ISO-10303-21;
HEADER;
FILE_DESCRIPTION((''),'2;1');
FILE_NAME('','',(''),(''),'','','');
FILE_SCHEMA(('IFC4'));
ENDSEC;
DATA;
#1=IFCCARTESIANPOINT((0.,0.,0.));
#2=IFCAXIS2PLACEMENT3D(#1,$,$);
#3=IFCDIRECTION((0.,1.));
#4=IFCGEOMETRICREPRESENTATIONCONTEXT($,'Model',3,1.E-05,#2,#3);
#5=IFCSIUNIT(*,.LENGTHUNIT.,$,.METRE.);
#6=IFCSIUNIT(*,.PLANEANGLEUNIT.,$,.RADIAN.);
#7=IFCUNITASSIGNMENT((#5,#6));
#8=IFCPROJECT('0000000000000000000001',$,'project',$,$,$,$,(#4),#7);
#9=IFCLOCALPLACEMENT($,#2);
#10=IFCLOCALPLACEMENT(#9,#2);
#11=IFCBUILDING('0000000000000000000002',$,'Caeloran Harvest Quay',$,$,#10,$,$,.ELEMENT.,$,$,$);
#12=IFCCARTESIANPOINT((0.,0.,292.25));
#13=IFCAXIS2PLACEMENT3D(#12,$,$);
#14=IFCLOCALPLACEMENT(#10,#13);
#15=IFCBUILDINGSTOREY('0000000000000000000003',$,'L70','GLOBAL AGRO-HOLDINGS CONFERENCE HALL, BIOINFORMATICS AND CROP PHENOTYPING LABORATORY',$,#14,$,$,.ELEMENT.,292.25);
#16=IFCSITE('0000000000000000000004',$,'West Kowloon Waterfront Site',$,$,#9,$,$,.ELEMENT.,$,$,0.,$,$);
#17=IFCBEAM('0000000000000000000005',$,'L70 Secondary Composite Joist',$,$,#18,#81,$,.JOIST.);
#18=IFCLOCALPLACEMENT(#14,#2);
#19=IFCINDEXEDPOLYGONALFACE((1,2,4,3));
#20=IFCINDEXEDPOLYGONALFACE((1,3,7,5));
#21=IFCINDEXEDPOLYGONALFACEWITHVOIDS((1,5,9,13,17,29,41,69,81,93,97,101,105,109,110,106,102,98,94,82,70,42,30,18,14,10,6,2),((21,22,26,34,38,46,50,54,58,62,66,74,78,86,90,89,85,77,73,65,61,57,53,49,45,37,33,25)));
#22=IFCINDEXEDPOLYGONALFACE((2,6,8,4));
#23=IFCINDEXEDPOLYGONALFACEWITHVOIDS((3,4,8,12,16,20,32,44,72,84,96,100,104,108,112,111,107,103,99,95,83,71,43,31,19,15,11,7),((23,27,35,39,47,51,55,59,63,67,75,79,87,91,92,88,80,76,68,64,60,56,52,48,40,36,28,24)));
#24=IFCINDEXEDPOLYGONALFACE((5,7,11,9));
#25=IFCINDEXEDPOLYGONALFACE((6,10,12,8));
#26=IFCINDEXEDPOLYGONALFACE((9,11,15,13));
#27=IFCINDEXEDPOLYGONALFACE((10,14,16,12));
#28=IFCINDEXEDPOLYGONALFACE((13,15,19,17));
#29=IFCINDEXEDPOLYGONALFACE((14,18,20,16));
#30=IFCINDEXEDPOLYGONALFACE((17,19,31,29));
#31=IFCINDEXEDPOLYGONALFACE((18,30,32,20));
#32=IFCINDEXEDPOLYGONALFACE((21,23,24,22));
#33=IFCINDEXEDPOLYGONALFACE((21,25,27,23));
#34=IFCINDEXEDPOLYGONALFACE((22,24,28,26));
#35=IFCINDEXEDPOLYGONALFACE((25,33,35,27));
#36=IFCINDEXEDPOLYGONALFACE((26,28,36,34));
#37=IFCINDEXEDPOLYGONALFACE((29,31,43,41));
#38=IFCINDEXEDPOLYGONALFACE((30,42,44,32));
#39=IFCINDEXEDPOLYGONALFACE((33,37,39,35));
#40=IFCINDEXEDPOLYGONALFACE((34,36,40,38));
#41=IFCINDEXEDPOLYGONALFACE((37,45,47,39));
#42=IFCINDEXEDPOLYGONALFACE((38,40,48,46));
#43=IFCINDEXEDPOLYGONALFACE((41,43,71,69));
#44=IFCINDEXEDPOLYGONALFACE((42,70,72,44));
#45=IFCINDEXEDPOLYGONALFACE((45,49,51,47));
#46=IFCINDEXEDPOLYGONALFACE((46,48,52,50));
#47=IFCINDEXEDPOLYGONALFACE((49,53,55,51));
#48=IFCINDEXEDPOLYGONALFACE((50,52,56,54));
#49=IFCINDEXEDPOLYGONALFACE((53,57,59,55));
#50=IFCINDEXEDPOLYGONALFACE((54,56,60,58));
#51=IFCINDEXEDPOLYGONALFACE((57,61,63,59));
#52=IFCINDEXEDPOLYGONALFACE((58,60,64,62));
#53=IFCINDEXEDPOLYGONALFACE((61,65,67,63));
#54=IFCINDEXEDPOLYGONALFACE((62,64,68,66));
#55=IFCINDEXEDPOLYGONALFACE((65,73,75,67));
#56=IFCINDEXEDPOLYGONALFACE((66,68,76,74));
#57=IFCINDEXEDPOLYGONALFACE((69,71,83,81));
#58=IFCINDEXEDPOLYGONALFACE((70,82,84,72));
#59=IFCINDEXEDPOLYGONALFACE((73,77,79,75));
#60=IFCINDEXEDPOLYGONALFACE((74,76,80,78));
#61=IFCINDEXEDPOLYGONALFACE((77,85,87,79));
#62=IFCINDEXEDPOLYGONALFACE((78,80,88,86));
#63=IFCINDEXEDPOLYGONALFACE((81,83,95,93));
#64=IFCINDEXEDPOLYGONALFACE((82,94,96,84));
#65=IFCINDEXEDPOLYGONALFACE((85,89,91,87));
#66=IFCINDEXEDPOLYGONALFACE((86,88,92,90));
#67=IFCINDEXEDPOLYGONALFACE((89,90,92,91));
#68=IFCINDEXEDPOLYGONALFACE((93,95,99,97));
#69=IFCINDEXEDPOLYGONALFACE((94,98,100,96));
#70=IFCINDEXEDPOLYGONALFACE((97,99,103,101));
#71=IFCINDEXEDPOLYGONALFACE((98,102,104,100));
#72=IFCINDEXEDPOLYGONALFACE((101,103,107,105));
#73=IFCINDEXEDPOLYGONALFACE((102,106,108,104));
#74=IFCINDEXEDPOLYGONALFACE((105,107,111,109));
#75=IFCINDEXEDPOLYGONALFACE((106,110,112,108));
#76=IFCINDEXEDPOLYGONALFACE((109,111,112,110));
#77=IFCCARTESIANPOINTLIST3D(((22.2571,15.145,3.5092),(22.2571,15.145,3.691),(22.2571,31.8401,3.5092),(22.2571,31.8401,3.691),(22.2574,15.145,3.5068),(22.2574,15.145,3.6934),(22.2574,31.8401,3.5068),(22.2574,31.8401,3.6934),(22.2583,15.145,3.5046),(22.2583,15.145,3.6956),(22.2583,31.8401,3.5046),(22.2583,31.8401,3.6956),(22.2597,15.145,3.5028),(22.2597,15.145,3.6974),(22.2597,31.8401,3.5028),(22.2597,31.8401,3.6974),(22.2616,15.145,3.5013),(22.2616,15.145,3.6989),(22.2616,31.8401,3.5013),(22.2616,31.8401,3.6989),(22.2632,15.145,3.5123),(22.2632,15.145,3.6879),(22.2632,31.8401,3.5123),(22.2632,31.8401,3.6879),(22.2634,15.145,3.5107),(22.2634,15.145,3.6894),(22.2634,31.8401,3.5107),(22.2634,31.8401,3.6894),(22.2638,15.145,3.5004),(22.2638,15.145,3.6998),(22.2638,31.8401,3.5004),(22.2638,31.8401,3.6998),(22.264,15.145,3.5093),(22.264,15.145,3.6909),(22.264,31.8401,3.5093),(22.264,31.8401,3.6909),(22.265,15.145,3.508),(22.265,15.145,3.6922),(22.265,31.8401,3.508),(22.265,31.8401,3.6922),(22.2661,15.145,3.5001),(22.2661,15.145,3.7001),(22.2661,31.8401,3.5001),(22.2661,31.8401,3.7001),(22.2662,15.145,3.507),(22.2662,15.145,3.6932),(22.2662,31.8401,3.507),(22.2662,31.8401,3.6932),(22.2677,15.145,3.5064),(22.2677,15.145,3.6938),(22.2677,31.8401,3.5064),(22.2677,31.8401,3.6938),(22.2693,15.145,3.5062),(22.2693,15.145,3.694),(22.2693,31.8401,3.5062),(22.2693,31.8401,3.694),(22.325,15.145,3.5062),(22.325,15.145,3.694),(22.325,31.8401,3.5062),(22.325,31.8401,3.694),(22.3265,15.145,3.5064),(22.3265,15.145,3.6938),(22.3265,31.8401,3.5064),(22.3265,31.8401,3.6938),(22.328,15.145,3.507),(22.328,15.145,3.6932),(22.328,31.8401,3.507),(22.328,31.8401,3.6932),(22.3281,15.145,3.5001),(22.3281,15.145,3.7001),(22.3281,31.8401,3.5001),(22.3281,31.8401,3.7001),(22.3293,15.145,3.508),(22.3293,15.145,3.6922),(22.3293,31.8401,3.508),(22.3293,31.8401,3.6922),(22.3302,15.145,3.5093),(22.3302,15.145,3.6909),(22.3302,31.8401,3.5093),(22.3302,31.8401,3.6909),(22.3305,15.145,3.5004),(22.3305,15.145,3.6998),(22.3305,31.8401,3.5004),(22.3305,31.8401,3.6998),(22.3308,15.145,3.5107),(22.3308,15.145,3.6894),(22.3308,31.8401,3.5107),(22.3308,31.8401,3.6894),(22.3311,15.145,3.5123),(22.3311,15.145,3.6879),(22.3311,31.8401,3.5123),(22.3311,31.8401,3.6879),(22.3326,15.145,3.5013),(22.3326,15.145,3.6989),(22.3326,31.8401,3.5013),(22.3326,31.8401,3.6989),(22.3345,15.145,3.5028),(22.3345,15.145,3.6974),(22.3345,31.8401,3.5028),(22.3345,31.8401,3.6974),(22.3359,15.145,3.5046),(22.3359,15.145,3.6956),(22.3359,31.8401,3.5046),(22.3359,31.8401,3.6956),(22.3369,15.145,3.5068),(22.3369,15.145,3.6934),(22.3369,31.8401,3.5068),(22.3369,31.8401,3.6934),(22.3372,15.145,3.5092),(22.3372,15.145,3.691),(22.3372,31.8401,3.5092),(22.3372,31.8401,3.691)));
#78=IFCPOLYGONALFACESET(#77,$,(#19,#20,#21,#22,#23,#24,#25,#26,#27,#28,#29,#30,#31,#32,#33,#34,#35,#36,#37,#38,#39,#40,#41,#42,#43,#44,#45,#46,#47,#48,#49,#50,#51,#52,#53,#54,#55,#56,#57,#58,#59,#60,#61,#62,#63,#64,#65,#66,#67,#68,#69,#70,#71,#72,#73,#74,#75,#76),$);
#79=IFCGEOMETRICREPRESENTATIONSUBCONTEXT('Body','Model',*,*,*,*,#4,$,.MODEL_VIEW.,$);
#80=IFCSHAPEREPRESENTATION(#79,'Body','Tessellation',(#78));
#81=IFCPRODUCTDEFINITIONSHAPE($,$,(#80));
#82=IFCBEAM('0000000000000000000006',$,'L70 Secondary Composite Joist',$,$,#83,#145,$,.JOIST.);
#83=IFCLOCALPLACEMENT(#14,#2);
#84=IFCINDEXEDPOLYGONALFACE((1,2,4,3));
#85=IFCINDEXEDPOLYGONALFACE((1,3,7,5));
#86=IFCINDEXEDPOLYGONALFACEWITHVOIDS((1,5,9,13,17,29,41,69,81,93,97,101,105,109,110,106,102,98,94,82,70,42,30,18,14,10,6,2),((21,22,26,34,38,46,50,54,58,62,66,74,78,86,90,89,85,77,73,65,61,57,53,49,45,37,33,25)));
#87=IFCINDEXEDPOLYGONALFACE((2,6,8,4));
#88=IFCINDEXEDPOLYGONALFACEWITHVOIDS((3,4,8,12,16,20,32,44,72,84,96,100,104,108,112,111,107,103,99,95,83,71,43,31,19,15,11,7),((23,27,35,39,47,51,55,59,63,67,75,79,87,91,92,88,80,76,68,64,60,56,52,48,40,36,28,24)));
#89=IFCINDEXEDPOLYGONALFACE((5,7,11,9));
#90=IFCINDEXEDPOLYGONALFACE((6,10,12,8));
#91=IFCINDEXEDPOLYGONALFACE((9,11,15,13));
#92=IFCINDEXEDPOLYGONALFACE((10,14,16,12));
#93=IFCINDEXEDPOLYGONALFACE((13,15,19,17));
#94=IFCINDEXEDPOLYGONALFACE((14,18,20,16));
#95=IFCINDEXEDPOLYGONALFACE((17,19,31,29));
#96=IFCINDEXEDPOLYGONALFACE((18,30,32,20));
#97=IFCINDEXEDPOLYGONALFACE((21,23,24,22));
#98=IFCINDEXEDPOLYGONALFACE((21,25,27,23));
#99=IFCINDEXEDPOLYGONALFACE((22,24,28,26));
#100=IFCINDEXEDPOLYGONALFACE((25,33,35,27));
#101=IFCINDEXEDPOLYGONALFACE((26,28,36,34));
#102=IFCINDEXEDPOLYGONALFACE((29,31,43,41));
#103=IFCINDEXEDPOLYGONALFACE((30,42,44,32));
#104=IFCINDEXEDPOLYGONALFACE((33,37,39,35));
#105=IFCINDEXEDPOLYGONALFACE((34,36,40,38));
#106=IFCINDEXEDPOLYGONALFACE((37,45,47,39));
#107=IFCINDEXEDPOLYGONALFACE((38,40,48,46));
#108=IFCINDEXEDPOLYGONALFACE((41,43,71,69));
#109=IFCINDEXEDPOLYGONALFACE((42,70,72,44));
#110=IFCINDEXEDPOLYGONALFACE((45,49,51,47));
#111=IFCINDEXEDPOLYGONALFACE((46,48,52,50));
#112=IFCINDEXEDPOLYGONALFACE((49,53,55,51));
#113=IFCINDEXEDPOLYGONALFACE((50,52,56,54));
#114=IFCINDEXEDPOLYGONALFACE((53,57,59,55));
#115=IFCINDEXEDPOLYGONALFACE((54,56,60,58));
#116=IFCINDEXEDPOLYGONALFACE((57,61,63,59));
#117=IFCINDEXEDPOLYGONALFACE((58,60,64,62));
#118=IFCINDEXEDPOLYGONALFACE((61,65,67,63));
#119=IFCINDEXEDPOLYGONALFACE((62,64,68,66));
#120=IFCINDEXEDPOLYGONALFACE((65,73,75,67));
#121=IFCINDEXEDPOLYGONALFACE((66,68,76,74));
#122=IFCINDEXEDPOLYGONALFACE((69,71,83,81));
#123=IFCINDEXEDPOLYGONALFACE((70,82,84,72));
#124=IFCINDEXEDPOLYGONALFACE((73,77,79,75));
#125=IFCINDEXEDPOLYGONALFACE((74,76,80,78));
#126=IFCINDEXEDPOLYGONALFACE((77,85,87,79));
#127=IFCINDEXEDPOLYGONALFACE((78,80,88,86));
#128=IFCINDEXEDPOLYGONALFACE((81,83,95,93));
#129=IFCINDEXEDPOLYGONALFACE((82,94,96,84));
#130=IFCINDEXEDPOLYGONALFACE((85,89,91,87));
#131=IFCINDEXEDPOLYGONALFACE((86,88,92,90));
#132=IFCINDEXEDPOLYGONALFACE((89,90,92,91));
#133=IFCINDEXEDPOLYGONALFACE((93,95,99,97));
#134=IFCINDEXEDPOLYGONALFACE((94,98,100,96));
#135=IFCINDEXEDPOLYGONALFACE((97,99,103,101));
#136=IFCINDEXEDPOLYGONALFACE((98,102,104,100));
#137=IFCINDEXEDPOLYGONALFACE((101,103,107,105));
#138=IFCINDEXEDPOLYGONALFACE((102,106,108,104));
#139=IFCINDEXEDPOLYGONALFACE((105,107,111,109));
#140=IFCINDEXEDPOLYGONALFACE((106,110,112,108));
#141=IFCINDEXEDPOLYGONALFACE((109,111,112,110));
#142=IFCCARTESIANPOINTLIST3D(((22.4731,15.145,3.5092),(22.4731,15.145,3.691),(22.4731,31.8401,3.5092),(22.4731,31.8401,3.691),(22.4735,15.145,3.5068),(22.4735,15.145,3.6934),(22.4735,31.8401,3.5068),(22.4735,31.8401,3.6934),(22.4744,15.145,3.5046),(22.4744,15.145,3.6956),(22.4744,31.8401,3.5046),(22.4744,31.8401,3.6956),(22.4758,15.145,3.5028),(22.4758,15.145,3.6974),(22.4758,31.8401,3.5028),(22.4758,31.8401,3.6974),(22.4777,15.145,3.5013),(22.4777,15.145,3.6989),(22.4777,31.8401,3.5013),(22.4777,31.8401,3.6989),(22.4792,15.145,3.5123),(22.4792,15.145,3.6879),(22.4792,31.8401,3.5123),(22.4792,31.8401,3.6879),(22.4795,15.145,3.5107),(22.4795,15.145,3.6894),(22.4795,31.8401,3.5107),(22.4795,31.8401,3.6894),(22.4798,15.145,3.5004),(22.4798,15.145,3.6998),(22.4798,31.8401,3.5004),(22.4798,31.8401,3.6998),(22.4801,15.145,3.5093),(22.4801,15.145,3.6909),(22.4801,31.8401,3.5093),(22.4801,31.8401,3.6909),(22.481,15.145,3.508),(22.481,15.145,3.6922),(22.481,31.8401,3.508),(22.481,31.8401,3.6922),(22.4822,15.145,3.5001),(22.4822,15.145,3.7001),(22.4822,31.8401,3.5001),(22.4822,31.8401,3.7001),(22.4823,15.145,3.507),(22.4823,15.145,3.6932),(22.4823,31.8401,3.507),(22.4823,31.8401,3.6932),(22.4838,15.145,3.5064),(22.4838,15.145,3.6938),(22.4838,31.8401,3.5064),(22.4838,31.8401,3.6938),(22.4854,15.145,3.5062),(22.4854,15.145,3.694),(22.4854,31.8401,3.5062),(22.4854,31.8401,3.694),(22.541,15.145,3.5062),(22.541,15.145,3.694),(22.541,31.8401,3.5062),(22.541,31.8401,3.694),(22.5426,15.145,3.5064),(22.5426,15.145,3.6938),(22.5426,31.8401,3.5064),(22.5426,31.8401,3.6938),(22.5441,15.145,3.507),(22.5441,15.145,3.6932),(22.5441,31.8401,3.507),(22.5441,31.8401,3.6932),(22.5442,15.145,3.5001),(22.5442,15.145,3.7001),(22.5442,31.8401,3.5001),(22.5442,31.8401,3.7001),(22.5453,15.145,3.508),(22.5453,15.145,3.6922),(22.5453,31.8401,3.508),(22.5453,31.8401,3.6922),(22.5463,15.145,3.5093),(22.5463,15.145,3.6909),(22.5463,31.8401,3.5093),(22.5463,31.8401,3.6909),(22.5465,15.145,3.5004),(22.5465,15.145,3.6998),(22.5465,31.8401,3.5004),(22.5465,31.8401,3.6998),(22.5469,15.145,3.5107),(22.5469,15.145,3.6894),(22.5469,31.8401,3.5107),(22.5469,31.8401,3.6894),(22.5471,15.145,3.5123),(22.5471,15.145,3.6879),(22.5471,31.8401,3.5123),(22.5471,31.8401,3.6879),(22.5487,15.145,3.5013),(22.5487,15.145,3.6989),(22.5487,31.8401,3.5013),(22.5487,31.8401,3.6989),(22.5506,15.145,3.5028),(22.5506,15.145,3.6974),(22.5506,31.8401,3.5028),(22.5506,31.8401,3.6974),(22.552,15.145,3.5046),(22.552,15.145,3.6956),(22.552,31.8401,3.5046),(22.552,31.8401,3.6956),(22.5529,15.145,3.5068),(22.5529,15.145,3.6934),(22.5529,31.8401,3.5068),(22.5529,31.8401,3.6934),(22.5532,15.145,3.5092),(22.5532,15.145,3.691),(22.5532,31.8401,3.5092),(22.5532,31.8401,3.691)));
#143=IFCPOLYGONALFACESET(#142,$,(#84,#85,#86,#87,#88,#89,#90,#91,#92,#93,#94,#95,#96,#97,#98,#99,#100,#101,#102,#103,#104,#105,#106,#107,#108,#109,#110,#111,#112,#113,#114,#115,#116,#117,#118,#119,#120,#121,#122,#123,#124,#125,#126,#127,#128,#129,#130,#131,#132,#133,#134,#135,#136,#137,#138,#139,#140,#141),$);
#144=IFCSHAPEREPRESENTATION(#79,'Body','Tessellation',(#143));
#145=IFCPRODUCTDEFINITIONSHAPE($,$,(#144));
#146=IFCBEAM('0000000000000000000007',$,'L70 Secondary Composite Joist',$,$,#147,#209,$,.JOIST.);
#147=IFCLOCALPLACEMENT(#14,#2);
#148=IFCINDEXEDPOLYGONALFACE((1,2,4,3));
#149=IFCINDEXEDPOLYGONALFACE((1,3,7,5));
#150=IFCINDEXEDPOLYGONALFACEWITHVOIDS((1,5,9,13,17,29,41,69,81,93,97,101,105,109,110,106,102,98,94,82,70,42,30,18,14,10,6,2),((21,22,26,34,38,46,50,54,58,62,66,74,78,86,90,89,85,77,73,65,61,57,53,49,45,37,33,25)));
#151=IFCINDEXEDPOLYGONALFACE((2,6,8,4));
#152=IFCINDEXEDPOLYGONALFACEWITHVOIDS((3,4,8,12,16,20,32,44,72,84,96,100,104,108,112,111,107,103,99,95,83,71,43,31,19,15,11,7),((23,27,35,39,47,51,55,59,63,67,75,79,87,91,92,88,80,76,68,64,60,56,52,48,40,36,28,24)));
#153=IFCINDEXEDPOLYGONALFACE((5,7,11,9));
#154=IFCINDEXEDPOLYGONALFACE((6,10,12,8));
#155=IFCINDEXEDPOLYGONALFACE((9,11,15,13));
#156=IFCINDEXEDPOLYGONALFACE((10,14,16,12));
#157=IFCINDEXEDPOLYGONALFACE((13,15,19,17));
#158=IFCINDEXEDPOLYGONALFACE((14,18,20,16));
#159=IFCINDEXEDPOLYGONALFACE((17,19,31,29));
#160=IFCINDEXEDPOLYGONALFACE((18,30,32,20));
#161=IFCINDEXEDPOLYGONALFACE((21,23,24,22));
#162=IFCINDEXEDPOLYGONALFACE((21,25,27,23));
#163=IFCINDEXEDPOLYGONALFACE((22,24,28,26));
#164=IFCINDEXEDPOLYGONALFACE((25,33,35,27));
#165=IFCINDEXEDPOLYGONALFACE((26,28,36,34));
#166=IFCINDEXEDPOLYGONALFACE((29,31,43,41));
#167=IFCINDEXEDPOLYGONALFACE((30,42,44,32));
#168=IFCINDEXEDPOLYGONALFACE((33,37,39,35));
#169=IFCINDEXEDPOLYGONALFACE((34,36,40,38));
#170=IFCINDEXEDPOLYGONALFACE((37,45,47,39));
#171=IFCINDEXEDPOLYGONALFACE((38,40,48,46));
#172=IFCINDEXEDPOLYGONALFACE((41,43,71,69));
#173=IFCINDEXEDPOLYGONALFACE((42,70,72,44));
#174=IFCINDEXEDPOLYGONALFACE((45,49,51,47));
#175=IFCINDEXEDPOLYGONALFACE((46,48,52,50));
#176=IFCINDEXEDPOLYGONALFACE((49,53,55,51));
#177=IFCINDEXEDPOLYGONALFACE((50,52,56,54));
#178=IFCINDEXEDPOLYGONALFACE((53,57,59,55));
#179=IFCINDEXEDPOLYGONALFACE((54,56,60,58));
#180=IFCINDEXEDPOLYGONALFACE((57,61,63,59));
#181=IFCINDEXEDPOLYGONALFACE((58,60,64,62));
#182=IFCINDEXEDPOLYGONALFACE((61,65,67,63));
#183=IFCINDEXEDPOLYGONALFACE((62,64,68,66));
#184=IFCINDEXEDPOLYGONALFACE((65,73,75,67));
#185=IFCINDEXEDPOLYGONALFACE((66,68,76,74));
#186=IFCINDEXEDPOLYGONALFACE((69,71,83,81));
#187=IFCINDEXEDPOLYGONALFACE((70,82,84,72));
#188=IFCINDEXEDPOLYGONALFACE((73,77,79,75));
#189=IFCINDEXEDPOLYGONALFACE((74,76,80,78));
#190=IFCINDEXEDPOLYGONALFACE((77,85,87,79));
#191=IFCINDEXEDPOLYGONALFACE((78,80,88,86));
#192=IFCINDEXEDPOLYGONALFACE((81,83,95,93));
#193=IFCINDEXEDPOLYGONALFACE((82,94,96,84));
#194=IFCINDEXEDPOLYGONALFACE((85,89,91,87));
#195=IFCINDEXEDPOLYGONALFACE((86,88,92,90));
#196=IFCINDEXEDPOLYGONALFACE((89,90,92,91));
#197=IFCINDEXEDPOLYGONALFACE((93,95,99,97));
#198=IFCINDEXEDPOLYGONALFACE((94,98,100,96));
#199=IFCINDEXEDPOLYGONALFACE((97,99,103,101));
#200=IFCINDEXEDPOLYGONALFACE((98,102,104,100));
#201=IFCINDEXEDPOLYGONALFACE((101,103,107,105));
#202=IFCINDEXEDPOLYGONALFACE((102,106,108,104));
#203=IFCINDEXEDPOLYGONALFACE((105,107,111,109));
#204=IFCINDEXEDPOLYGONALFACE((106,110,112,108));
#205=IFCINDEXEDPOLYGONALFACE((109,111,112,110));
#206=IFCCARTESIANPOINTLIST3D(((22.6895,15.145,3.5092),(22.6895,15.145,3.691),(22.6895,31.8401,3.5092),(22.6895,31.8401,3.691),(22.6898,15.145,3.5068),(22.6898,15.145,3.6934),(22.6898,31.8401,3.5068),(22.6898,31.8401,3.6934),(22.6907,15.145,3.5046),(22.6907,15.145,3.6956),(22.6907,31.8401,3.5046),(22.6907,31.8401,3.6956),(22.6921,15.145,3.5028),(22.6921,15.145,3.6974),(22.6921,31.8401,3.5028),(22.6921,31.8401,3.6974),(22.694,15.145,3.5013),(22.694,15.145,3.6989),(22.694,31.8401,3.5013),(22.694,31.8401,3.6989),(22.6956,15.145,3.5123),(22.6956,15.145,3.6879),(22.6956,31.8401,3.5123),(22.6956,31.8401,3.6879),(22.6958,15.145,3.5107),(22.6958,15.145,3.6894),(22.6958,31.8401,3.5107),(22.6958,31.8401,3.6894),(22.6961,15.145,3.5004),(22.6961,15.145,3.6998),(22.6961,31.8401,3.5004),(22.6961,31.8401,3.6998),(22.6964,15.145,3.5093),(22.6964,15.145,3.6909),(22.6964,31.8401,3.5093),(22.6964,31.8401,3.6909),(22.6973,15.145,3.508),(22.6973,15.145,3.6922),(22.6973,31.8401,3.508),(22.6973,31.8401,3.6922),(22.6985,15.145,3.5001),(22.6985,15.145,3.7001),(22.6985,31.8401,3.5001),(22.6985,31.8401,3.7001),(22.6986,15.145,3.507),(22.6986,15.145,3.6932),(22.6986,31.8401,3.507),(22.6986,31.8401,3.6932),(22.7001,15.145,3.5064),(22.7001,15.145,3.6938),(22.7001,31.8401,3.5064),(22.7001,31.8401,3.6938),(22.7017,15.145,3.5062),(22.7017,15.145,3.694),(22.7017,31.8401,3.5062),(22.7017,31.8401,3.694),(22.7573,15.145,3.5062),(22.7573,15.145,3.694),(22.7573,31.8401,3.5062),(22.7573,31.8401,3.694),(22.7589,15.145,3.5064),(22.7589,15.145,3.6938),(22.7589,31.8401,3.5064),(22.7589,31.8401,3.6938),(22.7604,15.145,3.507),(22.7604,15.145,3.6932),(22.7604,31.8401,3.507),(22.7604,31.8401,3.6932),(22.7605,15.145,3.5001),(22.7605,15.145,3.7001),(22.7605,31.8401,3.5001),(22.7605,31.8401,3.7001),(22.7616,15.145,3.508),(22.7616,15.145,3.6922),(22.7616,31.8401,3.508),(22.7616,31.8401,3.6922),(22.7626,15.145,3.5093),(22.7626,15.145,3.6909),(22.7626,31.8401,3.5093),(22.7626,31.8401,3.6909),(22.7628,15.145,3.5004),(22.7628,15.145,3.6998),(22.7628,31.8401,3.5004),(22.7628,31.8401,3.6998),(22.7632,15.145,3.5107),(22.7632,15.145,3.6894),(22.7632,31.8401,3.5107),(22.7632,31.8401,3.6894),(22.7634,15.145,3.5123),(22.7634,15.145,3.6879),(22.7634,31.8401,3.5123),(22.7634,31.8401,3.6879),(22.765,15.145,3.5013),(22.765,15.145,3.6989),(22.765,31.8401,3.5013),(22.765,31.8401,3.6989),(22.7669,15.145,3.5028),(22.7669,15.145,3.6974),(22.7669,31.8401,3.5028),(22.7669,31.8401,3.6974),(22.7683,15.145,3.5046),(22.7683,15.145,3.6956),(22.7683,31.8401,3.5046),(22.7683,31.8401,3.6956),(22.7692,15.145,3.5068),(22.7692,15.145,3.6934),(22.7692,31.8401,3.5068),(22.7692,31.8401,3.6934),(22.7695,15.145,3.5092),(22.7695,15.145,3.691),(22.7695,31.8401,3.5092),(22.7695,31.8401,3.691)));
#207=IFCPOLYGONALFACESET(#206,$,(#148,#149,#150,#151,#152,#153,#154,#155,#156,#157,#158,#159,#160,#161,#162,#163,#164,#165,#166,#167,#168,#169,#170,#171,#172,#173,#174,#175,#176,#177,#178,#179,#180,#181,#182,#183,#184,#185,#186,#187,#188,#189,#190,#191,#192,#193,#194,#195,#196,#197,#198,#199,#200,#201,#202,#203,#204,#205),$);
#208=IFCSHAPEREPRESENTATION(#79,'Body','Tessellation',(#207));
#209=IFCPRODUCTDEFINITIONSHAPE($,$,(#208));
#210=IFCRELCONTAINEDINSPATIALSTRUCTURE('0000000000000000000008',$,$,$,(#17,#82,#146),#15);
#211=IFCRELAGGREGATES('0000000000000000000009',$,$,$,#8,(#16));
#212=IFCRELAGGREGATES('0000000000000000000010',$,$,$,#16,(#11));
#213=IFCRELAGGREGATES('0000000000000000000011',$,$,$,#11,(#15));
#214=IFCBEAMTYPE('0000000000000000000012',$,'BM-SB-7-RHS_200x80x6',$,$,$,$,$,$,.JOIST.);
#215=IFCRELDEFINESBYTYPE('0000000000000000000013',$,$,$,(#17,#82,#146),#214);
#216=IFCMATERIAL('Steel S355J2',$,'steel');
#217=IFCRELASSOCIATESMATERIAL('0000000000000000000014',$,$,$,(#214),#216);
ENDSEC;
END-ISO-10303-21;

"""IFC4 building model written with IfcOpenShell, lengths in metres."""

from ifc_helpers import new_model, si_unit, direction, frame, origin, origin_2d, place, context, subcontext, project, spatial, hollow_rectangle, extrude, material, material_profile, profile_set, type_object, element, save


model = new_model("IFC4")

# Units and contexts
model_context = context("Model", 3, precision=1e-05, world=origin(), true_north=direction((0.0, 1.0)))
body_context = subcontext(model_context, "Body", "Model", "MODEL_VIEW")
ifc_project = project(units=[si_unit("LENGTHUNIT", "METRE"), si_unit("PLANEANGLEUNIT", "RADIAN")], contexts=[model_context])

# Site, building, storey
site_placement = place(None, origin())
site = spatial("IfcSite", under=ifc_project, at=site_placement, Name="West Kowloon Waterfront Site", CompositionType="ELEMENT", RefElevation=0.0)
building_placement = place(site_placement, origin())
building = spatial("IfcBuilding", under=site, at=building_placement, Name="Caeloran Harvest Quay", CompositionType="ELEMENT")
storey_placement = place(building_placement, frame((0.0, 0.0, 292.25)))
storey = spatial("IfcBuildingStorey", under=building, at=storey_placement, Name="L70", Description="GLOBAL AGRO-HOLDINGS CONFERENCE HALL, BIOINFORMATICS AND CROP PHENOTYPING LABORATORY", CompositionType="ELEMENT", Elevation=292.25)

# Beams
ifc_material_1 = material(Name="Steel S355J2", Category="steel")
ifc_material_profile_1 = material_profile(ifc_material_1, hollow_rectangle(XDim=0.0801, YDim=0.2, WallThickness=0.0061, InnerFilletRadius=0.0061, OuterFilletRadius=0.009, at=origin_2d()), Name="RHS 200x80x6")
ifc_profile_set_1 = profile_set([ifc_material_profile_1], Name="Steel S355J2")
beam_type_1 = type_object("IfcBeamType", Name="BM-SB-7-RHS_200x80x6", PredefinedType="JOIST", material=ifc_profile_set_1)
for number, where, z_axis, x_axis, name in (
    (1, (22.2971, 15.145, 3.6001), (0.0, 1.0, 0.0), (-1.0, 0.0, 0.0), "L70 Secondary Composite Joist"),
    (2, (22.5132, 15.145, 3.6001), (0.0, 1.0, 0.0), (-1.0, 0.0, 0.0), "L70 Secondary Composite Joist"),
    (3, (22.7295, 15.145, 3.6001), (0.0, 1.0, 0.0), (-1.0, 0.0, 0.0), "L70 Secondary Composite Joist"),
):
    element("IfcBeam", number, at=place(storey_placement, frame(where, z_axis=z_axis, x_axis=x_axis)), inside=storey, type_object=beam_type_1, Name=name, PredefinedType="JOIST", context=body_context, shape_type="SweptSolid", body=[
        extrude(hollow_rectangle(XDim=0.0801, YDim=0.2, WallThickness=0.0061, InnerFilletRadius=0.0061, OuterFilletRadius=0.009, at=origin_2d()), origin(), (0.0, 0.0, 1.0), 16.6951),
    ])

save(model, "model.ifc")
